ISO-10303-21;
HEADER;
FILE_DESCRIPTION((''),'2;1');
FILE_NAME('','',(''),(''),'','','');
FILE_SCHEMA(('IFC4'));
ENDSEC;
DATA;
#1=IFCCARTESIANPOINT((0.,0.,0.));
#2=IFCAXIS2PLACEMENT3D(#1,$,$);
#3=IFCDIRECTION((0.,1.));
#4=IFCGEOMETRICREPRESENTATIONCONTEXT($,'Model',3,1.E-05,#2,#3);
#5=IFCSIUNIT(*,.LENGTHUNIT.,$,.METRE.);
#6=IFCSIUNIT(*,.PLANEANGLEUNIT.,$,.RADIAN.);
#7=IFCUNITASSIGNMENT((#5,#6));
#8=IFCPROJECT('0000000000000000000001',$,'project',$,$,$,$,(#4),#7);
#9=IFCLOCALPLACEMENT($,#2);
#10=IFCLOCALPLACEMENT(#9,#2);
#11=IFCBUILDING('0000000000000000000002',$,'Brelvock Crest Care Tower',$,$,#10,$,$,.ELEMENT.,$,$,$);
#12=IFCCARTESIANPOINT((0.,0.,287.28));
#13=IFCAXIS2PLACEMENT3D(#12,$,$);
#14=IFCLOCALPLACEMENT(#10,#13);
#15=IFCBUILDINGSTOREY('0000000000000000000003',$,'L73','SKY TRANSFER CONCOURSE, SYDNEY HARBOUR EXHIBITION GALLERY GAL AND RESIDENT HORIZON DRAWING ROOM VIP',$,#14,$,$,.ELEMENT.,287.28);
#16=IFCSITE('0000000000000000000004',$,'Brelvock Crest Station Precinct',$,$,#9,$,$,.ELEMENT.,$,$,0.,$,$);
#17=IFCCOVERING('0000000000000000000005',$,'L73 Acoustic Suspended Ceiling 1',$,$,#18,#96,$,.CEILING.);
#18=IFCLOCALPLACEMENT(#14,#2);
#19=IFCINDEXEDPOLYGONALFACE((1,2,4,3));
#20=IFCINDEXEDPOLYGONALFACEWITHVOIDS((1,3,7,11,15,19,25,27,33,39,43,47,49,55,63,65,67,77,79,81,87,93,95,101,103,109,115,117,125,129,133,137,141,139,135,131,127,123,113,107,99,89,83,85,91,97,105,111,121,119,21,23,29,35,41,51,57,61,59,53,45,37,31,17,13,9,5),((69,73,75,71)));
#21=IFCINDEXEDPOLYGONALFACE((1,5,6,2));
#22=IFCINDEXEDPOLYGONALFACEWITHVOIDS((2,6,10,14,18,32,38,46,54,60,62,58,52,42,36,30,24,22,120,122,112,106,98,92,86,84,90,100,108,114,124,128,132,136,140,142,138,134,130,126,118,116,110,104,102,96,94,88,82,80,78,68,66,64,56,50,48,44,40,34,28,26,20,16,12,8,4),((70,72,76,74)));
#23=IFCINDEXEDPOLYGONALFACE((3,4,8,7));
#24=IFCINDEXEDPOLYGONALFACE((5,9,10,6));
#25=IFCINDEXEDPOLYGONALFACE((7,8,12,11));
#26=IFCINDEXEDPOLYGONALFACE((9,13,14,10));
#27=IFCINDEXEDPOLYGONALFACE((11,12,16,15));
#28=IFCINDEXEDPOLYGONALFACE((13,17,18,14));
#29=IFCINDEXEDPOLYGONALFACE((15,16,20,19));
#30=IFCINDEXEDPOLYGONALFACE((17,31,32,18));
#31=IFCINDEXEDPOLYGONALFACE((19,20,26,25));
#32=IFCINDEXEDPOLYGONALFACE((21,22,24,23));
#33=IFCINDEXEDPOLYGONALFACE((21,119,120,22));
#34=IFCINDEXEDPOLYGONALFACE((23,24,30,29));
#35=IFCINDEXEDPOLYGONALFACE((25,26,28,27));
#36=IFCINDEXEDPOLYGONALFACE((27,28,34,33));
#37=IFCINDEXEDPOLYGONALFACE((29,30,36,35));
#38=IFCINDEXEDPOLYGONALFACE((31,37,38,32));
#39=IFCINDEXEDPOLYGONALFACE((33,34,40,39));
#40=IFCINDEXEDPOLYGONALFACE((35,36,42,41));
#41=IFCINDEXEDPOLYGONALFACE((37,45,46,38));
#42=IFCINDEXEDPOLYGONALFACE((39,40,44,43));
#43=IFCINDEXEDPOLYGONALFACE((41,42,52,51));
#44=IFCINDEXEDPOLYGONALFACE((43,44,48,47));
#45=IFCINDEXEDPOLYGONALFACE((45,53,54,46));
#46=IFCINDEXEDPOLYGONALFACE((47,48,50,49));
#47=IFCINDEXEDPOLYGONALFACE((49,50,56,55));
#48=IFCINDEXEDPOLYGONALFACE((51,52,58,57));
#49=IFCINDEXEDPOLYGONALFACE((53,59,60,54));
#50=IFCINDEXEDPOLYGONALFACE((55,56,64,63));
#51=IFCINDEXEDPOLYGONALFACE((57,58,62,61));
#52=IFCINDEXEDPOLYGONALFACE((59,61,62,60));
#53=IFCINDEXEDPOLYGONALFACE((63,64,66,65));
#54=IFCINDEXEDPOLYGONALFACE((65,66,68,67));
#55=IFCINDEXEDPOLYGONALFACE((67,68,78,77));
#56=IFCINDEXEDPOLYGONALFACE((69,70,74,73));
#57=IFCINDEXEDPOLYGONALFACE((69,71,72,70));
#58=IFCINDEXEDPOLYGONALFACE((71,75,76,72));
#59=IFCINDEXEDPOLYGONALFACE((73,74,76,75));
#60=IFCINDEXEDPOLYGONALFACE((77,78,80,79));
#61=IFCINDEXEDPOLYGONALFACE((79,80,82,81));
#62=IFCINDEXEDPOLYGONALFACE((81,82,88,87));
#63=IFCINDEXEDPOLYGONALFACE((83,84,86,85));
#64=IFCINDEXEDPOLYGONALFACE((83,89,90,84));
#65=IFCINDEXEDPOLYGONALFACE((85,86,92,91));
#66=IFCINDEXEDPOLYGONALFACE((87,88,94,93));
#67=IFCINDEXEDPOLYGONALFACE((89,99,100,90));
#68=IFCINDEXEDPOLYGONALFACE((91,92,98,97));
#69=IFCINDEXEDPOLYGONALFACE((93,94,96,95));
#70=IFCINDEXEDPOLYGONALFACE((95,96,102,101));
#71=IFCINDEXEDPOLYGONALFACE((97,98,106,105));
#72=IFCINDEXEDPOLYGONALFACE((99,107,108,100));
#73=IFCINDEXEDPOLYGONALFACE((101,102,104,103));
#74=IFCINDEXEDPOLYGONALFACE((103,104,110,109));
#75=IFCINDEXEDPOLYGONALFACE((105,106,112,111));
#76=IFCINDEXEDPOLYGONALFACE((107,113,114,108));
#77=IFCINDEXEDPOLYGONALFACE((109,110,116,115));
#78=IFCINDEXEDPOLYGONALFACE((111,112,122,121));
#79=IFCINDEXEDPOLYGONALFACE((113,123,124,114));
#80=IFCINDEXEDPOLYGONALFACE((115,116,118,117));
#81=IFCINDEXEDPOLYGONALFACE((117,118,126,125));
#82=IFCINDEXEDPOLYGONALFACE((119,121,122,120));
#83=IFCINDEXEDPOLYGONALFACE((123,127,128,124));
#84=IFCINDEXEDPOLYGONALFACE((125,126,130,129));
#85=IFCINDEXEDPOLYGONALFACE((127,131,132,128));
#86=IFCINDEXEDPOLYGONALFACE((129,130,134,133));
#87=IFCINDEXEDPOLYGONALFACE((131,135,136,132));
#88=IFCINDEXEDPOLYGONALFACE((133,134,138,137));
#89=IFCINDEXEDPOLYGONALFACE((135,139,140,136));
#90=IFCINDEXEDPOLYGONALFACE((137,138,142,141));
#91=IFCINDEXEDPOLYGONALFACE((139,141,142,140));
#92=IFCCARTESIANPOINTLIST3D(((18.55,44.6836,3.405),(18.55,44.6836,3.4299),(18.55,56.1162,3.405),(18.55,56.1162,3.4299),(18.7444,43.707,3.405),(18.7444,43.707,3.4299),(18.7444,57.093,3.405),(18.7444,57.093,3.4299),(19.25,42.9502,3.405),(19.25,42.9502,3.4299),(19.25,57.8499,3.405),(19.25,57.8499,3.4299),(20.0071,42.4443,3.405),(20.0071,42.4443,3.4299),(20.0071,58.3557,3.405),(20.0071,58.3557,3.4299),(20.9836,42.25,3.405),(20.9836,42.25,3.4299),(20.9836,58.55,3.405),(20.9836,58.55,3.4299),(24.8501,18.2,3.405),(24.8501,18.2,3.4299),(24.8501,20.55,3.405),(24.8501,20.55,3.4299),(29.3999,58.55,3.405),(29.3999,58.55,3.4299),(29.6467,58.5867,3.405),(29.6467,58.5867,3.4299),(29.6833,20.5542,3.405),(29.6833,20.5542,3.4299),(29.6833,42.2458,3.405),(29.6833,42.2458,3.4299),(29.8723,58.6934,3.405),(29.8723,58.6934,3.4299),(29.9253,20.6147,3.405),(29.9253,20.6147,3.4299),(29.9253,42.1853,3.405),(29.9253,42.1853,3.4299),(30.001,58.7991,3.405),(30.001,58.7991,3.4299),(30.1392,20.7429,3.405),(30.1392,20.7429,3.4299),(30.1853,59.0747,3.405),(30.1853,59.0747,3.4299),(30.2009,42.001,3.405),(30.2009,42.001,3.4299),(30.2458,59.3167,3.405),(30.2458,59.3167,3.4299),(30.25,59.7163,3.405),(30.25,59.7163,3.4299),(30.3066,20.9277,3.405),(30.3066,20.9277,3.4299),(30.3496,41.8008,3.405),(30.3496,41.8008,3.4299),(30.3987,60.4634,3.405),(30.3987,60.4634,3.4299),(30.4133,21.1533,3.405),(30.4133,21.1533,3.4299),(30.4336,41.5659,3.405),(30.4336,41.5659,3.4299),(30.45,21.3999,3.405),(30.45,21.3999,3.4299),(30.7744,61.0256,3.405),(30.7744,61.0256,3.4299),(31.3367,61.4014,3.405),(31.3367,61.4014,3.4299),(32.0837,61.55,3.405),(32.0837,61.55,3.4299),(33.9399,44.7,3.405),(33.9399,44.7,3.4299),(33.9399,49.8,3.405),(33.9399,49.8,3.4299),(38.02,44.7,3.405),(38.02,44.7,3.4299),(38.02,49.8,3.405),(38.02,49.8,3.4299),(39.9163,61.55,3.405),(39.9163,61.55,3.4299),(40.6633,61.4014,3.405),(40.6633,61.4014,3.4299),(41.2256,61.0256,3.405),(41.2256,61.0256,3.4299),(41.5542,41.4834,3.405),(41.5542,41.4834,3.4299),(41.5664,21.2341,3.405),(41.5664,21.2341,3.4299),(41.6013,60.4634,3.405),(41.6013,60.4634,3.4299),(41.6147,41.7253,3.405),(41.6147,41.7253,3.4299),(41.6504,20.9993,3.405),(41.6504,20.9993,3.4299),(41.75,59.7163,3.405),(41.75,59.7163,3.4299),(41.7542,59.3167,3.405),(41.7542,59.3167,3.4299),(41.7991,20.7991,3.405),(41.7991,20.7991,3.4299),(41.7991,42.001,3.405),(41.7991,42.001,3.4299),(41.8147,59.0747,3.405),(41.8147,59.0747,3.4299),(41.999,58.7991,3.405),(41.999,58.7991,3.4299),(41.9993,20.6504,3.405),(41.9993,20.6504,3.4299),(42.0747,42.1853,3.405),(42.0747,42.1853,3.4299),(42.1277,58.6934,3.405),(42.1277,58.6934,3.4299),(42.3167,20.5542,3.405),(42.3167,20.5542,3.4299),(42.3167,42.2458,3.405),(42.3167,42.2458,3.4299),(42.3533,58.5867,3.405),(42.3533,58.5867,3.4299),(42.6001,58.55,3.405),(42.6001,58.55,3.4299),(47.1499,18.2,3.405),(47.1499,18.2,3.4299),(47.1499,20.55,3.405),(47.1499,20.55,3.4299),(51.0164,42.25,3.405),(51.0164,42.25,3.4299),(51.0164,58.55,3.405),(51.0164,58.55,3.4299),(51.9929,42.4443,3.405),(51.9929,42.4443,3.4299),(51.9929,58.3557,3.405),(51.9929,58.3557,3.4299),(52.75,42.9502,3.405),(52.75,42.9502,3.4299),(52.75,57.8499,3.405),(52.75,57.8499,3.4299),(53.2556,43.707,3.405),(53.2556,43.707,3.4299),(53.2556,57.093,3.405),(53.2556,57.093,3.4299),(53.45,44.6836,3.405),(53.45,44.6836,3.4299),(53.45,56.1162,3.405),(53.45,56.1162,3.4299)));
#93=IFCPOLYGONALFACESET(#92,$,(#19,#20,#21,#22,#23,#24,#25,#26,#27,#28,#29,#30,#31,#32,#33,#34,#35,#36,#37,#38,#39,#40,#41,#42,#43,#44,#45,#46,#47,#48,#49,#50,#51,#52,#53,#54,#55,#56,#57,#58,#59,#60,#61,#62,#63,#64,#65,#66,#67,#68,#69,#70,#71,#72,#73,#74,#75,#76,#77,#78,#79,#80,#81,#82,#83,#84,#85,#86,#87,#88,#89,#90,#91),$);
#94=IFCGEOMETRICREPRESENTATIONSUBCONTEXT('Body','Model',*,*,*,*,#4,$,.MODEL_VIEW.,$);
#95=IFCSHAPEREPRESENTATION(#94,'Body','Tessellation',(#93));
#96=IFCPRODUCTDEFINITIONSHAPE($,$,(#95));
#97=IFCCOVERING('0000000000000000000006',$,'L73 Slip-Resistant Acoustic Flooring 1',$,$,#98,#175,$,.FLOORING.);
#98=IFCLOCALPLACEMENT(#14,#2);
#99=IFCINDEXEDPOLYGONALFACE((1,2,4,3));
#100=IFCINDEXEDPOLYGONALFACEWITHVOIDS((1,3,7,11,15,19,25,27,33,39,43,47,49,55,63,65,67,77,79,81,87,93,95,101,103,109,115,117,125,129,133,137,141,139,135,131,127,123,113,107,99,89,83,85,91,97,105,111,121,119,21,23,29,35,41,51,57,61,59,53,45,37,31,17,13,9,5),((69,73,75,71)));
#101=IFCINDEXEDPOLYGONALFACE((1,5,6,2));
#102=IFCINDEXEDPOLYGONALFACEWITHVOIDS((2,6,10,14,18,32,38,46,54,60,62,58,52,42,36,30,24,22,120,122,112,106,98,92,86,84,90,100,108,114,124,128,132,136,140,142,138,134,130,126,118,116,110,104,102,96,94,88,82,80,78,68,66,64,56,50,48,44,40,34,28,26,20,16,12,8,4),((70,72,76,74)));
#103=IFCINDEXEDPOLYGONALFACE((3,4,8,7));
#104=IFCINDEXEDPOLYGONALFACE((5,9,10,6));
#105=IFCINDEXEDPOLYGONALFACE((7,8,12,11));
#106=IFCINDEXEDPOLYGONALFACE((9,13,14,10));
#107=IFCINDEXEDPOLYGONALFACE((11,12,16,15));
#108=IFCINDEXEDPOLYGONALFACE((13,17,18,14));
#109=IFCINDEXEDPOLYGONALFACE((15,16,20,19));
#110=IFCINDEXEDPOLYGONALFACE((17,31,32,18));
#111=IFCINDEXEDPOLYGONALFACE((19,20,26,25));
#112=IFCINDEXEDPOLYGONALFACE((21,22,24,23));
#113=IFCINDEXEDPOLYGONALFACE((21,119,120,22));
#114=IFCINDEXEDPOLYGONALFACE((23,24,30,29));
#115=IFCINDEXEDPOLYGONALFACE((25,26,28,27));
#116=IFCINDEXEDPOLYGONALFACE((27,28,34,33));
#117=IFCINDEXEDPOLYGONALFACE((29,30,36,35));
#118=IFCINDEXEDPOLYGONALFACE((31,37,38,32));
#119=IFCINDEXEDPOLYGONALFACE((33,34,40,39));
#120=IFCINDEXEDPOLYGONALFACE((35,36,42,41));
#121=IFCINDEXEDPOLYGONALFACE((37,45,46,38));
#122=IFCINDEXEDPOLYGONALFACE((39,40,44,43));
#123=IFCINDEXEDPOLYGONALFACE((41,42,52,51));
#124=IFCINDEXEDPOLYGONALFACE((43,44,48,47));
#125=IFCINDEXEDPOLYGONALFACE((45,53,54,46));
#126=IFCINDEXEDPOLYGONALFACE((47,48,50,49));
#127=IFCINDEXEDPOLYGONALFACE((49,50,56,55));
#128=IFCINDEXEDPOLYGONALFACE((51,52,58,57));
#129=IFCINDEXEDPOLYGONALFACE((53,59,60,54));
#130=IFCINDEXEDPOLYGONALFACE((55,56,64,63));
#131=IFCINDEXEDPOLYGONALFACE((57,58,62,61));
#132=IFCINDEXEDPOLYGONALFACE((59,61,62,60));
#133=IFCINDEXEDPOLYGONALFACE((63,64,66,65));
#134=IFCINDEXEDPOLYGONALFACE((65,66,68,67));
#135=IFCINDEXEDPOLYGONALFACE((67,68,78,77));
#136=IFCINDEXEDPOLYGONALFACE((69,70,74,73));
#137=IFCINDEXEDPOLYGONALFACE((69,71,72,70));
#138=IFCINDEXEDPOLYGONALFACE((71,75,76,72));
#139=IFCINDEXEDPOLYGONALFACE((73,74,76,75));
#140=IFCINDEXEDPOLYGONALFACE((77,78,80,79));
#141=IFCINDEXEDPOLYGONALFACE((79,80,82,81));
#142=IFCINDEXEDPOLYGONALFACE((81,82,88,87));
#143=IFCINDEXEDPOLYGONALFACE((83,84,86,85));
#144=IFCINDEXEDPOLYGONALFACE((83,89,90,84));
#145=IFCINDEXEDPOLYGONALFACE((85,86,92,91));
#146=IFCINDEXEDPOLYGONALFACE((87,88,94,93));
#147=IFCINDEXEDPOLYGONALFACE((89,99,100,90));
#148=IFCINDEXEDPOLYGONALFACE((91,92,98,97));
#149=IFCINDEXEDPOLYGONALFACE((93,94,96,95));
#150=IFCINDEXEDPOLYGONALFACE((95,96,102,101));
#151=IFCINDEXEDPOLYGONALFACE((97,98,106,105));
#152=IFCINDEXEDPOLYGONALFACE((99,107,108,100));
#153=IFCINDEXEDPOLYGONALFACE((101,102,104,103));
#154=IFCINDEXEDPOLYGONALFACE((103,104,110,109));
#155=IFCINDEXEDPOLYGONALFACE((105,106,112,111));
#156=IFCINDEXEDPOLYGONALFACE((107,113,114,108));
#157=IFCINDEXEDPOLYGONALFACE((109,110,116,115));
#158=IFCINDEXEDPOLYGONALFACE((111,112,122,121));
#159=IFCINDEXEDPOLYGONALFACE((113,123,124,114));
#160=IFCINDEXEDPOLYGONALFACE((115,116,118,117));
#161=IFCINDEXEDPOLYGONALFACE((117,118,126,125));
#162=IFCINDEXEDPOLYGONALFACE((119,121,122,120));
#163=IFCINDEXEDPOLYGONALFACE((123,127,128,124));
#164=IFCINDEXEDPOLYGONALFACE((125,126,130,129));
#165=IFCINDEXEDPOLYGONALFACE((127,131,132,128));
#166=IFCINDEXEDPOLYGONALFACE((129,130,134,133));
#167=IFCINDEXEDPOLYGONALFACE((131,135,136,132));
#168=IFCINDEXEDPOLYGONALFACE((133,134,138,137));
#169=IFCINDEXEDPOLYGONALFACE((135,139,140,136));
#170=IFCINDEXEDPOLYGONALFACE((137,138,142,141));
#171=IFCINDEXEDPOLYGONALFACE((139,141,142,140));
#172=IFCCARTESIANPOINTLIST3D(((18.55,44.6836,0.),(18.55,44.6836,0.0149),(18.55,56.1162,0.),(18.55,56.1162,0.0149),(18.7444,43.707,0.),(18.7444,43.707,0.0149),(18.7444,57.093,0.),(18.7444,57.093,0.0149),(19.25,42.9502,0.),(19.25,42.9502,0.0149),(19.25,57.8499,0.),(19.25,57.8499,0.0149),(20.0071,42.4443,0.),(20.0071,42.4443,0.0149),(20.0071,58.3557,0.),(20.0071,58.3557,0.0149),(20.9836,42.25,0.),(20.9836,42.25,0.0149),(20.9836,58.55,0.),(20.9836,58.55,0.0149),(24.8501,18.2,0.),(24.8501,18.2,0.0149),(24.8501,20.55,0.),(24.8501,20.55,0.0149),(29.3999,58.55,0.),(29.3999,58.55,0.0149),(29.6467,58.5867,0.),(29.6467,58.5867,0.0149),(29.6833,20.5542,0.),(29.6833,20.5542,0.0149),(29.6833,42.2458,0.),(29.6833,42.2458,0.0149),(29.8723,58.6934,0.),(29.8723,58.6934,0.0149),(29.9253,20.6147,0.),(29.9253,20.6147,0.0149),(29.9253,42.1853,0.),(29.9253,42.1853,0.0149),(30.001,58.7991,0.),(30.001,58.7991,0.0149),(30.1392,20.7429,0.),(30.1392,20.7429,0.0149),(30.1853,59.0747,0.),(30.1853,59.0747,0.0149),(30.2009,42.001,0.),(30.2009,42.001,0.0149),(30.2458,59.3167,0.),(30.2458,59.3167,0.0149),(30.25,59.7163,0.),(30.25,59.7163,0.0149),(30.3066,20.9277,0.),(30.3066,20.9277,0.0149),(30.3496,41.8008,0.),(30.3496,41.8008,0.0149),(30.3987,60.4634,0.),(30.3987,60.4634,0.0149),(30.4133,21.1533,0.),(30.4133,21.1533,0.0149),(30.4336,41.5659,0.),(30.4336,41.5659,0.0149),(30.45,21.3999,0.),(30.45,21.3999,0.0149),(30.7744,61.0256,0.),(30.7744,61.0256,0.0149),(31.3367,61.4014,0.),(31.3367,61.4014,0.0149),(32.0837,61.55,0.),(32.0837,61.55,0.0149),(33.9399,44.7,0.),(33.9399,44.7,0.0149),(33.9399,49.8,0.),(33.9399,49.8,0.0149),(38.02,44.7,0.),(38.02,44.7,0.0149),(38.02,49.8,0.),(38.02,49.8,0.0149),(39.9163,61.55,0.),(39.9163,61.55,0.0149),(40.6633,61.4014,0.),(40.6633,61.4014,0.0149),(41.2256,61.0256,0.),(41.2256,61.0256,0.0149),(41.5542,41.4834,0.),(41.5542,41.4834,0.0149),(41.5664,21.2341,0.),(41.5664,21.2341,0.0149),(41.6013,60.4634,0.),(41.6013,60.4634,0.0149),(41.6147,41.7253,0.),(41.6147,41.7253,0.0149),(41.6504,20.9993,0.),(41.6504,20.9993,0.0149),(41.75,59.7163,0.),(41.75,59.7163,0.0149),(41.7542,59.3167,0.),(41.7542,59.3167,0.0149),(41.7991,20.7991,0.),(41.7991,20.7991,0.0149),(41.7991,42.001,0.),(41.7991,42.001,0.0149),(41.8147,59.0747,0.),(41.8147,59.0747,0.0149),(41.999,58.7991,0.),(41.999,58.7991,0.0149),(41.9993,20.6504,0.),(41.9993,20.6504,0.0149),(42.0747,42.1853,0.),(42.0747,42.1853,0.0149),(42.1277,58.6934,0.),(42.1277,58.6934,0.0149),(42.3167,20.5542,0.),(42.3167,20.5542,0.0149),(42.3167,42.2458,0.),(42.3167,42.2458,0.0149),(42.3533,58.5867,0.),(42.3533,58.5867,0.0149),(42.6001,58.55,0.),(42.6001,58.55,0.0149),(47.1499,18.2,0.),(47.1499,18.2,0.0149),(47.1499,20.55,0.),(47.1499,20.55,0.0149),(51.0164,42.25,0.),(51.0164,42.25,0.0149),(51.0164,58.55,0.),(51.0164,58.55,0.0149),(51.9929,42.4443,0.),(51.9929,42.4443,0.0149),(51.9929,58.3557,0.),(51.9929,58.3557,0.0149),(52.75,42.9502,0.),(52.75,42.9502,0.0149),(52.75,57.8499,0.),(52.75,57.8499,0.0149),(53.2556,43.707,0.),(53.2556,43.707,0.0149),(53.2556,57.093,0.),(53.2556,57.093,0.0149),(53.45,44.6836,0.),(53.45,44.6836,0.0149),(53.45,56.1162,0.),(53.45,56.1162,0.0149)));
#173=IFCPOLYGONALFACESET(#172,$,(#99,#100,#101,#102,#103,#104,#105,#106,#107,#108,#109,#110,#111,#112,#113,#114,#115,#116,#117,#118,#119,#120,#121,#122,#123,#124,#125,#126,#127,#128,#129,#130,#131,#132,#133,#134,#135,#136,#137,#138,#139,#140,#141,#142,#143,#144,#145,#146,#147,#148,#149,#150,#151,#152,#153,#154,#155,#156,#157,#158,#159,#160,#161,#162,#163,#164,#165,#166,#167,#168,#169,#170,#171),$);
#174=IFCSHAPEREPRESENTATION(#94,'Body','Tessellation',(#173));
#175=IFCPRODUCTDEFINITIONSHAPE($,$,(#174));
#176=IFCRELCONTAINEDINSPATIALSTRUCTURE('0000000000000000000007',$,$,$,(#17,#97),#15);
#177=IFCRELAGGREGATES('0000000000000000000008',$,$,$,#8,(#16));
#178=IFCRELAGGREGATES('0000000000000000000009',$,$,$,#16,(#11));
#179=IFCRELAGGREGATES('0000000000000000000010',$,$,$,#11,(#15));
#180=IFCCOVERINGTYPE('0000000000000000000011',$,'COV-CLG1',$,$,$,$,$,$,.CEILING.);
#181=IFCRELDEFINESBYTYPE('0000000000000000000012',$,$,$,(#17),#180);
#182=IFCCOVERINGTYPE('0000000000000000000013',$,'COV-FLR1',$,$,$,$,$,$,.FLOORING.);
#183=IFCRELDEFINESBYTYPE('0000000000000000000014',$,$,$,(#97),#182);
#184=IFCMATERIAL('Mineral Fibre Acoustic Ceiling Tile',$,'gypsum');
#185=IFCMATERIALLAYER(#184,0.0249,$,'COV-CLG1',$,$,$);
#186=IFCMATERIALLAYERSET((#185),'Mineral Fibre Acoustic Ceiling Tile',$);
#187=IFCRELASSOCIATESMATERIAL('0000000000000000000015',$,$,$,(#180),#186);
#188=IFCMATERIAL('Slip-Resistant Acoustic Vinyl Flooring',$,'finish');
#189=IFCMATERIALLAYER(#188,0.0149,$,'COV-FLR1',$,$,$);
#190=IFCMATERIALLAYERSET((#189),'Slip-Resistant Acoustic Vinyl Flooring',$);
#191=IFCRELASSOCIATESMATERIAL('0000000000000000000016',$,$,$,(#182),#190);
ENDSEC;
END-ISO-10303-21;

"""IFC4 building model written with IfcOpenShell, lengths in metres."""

from ifc_helpers import new_model, si_unit, direction, frame, origin, place, context, subcontext, project, spatial, polyline, outline, extrude, material, layer, layer_set, type_object, element, save


model = new_model("IFC4")

# Units and contexts
model_context = context("Model", 3, precision=1e-05, world=origin(), true_north=direction((0.0, 1.0)))
body_context = subcontext(model_context, "Body", "Model", "MODEL_VIEW")
ifc_project = project(units=[si_unit("LENGTHUNIT", "METRE"), si_unit("PLANEANGLEUNIT", "RADIAN")], contexts=[model_context])

# Site, building, storey
site_placement = place(None, origin())
site = spatial("IfcSite", under=ifc_project, at=site_placement, Name="Brelvock Crest Station Precinct", CompositionType="ELEMENT", RefElevation=0.0)
building_placement = place(site_placement, origin())
building = spatial("IfcBuilding", under=site, at=building_placement, Name="Brelvock Crest Care Tower", CompositionType="ELEMENT")
storey_placement = place(building_placement, frame((0.0, 0.0, 287.28)))
storey = spatial("IfcBuildingStorey", under=building, at=storey_placement, Name="L73", Description="SKY TRANSFER CONCOURSE, SYDNEY HARBOUR EXHIBITION GALLERY GAL AND RESIDENT HORIZON DRAWING ROOM VIP", CompositionType="ELEMENT", Elevation=287.28)

# Coverings
ifc_material_1 = material(Name="Mineral Fibre Acoustic Ceiling Tile", Category="gypsum")
ifc_layer_1 = layer(ifc_material_1, 0.0249, Name="COV-CLG1")
ifc_layer_set_1 = layer_set([ifc_layer_1], Name="Mineral Fibre Acoustic Ceiling Tile")
covering_type_1 = type_object("IfcCoveringType", Name="COV-CLG1", PredefinedType="CEILING", material=ifc_layer_set_1)
covering_1_placement = place(storey_placement, frame((0.0, 0.0, 3.405)))
element("IfcCovering", 1, at=covering_1_placement, inside=storey, type_object=covering_type_1, Name="L73 Acoustic Suspended Ceiling 1", PredefinedType="CEILING", context=body_context, shape_type="SweptSolid", body=[
    extrude(outline(polyline([(24.8501, 18.2), (47.1499, 18.2), (47.1499, 20.55), (42.3167, 20.5542), (41.9993, 20.6504), (41.7991, 20.7991), (41.6504, 20.9993), (41.5664, 21.2341), (41.5542, 41.4834), (41.6147, 41.7253), (41.7991, 42.001), (42.0747, 42.1853), (42.3167, 42.2458), (51.0164, 42.25), (51.9929, 42.4443), (52.75, 42.9502), (53.2556, 43.707), (53.45, 44.6836), (53.45, 56.1162), (53.2556, 57.093), (52.75, 57.8499), (51.9929, 58.3557), (51.0164, 58.55), (42.6001, 58.55), (42.3533, 58.5867), (42.1277, 58.6934), (41.999, 58.7991), (41.8147, 59.0747), (41.7542, 59.3167), (41.75, 59.7163), (41.6013, 60.4634), (41.2256, 61.0256), (40.6633, 61.4014), (39.9163, 61.55), (32.0837, 61.55), (31.3367, 61.4014), (30.7744, 61.0256), (30.3987, 60.4634), (30.25, 59.7163), (30.2458, 59.3167), (30.1853, 59.0747), (30.001, 58.7991), (29.8723, 58.6934), (29.6467, 58.5867), (29.3999, 58.55), (20.9836, 58.55), (20.0071, 58.3557), (19.25, 57.8499), (18.7444, 57.093), (18.55, 56.1162), (18.55, 44.6836), (18.7444, 43.707), (19.25, 42.9502), (20.0071, 42.4443), (20.9836, 42.25), (29.6833, 42.2458), (29.9253, 42.1853), (30.2009, 42.001), (30.3496, 41.8008), (30.4336, 41.5659), (30.45, 21.3999), (30.4133, 21.1533), (30.3066, 20.9277), (30.1392, 20.7429), (29.9253, 20.6147), (29.6833, 20.5542), (24.8501, 20.55), (24.8501, 18.2)]), holes=[polyline([(38.02, 49.8), (33.9399, 49.8), (33.9399, 44.7), (38.02, 44.7), (38.02, 49.8)])]), origin(), (0.0, 0.0, 1.0), 0.0249),
])
ifc_material_2 = material(Name="Slip-Resistant Acoustic Vinyl Flooring", Category="finish")
ifc_layer_2 = layer(ifc_material_2, 0.0149, Name="COV-FLR1")
ifc_layer_set_2 = layer_set([ifc_layer_2], Name="Slip-Resistant Acoustic Vinyl Flooring")
covering_type_2 = type_object("IfcCoveringType", Name="COV-FLR1", PredefinedType="FLOORING", material=ifc_layer_set_2)
covering_2_placement = place(storey_placement, origin())
element("IfcCovering", 2, at=covering_2_placement, inside=storey, type_object=covering_type_2, Name="L73 Slip-Resistant Acoustic Flooring 1", PredefinedType="FLOORING", context=body_context, shape_type="SweptSolid", body=[
    extrude(outline(polyline([(24.8501, 18.2), (47.1499, 18.2), (47.1499, 20.55), (42.3167, 20.5542), (41.9993, 20.6504), (41.7991, 20.7991), (41.6504, 20.9993), (41.5664, 21.2341), (41.5542, 41.4834), (41.6147, 41.7253), (41.7991, 42.001), (42.0747, 42.1853), (42.3167, 42.2458), (51.0164, 42.25), (51.9929, 42.4443), (52.75, 42.9502), (53.2556, 43.707), (53.45, 44.6836), (53.45, 56.1162), (53.2556, 57.093), (52.75, 57.8499), (51.9929, 58.3557), (51.0164, 58.55), (42.6001, 58.55), (42.3533, 58.5867), (42.1277, 58.6934), (41.999, 58.7991), (41.8147, 59.0747), (41.7542, 59.3167), (41.75, 59.7163), (41.6013, 60.4634), (41.2256, 61.0256), (40.6633, 61.4014), (39.9163, 61.55), (32.0837, 61.55), (31.3367, 61.4014), (30.7744, 61.0256), (30.3987, 60.4634), (30.25, 59.7163), (30.2458, 59.3167), (30.1853, 59.0747), (30.001, 58.7991), (29.8723, 58.6934), (29.6467, 58.5867), (29.3999, 58.55), (20.9836, 58.55), (20.0071, 58.3557), (19.25, 57.8499), (18.7444, 57.093), (18.55, 56.1162), (18.55, 44.6836), (18.7444, 43.707), (19.25, 42.9502), (20.0071, 42.4443), (20.9836, 42.25), (29.6833, 42.2458), (29.9253, 42.1853), (30.2009, 42.001), (30.3496, 41.8008), (30.4336, 41.5659), (30.45, 21.3999), (30.4133, 21.1533), (30.3066, 20.9277), (30.1392, 20.7429), (29.9253, 20.6147), (29.6833, 20.5542), (24.8501, 20.55), (24.8501, 18.2)]), holes=[polyline([(38.02, 49.8), (33.9399, 49.8), (33.9399, 44.7), (38.02, 44.7), (38.02, 49.8)])]), origin(), (0.0, 0.0, 1.0), 0.0149),
])

save(model, "model.ifc")
